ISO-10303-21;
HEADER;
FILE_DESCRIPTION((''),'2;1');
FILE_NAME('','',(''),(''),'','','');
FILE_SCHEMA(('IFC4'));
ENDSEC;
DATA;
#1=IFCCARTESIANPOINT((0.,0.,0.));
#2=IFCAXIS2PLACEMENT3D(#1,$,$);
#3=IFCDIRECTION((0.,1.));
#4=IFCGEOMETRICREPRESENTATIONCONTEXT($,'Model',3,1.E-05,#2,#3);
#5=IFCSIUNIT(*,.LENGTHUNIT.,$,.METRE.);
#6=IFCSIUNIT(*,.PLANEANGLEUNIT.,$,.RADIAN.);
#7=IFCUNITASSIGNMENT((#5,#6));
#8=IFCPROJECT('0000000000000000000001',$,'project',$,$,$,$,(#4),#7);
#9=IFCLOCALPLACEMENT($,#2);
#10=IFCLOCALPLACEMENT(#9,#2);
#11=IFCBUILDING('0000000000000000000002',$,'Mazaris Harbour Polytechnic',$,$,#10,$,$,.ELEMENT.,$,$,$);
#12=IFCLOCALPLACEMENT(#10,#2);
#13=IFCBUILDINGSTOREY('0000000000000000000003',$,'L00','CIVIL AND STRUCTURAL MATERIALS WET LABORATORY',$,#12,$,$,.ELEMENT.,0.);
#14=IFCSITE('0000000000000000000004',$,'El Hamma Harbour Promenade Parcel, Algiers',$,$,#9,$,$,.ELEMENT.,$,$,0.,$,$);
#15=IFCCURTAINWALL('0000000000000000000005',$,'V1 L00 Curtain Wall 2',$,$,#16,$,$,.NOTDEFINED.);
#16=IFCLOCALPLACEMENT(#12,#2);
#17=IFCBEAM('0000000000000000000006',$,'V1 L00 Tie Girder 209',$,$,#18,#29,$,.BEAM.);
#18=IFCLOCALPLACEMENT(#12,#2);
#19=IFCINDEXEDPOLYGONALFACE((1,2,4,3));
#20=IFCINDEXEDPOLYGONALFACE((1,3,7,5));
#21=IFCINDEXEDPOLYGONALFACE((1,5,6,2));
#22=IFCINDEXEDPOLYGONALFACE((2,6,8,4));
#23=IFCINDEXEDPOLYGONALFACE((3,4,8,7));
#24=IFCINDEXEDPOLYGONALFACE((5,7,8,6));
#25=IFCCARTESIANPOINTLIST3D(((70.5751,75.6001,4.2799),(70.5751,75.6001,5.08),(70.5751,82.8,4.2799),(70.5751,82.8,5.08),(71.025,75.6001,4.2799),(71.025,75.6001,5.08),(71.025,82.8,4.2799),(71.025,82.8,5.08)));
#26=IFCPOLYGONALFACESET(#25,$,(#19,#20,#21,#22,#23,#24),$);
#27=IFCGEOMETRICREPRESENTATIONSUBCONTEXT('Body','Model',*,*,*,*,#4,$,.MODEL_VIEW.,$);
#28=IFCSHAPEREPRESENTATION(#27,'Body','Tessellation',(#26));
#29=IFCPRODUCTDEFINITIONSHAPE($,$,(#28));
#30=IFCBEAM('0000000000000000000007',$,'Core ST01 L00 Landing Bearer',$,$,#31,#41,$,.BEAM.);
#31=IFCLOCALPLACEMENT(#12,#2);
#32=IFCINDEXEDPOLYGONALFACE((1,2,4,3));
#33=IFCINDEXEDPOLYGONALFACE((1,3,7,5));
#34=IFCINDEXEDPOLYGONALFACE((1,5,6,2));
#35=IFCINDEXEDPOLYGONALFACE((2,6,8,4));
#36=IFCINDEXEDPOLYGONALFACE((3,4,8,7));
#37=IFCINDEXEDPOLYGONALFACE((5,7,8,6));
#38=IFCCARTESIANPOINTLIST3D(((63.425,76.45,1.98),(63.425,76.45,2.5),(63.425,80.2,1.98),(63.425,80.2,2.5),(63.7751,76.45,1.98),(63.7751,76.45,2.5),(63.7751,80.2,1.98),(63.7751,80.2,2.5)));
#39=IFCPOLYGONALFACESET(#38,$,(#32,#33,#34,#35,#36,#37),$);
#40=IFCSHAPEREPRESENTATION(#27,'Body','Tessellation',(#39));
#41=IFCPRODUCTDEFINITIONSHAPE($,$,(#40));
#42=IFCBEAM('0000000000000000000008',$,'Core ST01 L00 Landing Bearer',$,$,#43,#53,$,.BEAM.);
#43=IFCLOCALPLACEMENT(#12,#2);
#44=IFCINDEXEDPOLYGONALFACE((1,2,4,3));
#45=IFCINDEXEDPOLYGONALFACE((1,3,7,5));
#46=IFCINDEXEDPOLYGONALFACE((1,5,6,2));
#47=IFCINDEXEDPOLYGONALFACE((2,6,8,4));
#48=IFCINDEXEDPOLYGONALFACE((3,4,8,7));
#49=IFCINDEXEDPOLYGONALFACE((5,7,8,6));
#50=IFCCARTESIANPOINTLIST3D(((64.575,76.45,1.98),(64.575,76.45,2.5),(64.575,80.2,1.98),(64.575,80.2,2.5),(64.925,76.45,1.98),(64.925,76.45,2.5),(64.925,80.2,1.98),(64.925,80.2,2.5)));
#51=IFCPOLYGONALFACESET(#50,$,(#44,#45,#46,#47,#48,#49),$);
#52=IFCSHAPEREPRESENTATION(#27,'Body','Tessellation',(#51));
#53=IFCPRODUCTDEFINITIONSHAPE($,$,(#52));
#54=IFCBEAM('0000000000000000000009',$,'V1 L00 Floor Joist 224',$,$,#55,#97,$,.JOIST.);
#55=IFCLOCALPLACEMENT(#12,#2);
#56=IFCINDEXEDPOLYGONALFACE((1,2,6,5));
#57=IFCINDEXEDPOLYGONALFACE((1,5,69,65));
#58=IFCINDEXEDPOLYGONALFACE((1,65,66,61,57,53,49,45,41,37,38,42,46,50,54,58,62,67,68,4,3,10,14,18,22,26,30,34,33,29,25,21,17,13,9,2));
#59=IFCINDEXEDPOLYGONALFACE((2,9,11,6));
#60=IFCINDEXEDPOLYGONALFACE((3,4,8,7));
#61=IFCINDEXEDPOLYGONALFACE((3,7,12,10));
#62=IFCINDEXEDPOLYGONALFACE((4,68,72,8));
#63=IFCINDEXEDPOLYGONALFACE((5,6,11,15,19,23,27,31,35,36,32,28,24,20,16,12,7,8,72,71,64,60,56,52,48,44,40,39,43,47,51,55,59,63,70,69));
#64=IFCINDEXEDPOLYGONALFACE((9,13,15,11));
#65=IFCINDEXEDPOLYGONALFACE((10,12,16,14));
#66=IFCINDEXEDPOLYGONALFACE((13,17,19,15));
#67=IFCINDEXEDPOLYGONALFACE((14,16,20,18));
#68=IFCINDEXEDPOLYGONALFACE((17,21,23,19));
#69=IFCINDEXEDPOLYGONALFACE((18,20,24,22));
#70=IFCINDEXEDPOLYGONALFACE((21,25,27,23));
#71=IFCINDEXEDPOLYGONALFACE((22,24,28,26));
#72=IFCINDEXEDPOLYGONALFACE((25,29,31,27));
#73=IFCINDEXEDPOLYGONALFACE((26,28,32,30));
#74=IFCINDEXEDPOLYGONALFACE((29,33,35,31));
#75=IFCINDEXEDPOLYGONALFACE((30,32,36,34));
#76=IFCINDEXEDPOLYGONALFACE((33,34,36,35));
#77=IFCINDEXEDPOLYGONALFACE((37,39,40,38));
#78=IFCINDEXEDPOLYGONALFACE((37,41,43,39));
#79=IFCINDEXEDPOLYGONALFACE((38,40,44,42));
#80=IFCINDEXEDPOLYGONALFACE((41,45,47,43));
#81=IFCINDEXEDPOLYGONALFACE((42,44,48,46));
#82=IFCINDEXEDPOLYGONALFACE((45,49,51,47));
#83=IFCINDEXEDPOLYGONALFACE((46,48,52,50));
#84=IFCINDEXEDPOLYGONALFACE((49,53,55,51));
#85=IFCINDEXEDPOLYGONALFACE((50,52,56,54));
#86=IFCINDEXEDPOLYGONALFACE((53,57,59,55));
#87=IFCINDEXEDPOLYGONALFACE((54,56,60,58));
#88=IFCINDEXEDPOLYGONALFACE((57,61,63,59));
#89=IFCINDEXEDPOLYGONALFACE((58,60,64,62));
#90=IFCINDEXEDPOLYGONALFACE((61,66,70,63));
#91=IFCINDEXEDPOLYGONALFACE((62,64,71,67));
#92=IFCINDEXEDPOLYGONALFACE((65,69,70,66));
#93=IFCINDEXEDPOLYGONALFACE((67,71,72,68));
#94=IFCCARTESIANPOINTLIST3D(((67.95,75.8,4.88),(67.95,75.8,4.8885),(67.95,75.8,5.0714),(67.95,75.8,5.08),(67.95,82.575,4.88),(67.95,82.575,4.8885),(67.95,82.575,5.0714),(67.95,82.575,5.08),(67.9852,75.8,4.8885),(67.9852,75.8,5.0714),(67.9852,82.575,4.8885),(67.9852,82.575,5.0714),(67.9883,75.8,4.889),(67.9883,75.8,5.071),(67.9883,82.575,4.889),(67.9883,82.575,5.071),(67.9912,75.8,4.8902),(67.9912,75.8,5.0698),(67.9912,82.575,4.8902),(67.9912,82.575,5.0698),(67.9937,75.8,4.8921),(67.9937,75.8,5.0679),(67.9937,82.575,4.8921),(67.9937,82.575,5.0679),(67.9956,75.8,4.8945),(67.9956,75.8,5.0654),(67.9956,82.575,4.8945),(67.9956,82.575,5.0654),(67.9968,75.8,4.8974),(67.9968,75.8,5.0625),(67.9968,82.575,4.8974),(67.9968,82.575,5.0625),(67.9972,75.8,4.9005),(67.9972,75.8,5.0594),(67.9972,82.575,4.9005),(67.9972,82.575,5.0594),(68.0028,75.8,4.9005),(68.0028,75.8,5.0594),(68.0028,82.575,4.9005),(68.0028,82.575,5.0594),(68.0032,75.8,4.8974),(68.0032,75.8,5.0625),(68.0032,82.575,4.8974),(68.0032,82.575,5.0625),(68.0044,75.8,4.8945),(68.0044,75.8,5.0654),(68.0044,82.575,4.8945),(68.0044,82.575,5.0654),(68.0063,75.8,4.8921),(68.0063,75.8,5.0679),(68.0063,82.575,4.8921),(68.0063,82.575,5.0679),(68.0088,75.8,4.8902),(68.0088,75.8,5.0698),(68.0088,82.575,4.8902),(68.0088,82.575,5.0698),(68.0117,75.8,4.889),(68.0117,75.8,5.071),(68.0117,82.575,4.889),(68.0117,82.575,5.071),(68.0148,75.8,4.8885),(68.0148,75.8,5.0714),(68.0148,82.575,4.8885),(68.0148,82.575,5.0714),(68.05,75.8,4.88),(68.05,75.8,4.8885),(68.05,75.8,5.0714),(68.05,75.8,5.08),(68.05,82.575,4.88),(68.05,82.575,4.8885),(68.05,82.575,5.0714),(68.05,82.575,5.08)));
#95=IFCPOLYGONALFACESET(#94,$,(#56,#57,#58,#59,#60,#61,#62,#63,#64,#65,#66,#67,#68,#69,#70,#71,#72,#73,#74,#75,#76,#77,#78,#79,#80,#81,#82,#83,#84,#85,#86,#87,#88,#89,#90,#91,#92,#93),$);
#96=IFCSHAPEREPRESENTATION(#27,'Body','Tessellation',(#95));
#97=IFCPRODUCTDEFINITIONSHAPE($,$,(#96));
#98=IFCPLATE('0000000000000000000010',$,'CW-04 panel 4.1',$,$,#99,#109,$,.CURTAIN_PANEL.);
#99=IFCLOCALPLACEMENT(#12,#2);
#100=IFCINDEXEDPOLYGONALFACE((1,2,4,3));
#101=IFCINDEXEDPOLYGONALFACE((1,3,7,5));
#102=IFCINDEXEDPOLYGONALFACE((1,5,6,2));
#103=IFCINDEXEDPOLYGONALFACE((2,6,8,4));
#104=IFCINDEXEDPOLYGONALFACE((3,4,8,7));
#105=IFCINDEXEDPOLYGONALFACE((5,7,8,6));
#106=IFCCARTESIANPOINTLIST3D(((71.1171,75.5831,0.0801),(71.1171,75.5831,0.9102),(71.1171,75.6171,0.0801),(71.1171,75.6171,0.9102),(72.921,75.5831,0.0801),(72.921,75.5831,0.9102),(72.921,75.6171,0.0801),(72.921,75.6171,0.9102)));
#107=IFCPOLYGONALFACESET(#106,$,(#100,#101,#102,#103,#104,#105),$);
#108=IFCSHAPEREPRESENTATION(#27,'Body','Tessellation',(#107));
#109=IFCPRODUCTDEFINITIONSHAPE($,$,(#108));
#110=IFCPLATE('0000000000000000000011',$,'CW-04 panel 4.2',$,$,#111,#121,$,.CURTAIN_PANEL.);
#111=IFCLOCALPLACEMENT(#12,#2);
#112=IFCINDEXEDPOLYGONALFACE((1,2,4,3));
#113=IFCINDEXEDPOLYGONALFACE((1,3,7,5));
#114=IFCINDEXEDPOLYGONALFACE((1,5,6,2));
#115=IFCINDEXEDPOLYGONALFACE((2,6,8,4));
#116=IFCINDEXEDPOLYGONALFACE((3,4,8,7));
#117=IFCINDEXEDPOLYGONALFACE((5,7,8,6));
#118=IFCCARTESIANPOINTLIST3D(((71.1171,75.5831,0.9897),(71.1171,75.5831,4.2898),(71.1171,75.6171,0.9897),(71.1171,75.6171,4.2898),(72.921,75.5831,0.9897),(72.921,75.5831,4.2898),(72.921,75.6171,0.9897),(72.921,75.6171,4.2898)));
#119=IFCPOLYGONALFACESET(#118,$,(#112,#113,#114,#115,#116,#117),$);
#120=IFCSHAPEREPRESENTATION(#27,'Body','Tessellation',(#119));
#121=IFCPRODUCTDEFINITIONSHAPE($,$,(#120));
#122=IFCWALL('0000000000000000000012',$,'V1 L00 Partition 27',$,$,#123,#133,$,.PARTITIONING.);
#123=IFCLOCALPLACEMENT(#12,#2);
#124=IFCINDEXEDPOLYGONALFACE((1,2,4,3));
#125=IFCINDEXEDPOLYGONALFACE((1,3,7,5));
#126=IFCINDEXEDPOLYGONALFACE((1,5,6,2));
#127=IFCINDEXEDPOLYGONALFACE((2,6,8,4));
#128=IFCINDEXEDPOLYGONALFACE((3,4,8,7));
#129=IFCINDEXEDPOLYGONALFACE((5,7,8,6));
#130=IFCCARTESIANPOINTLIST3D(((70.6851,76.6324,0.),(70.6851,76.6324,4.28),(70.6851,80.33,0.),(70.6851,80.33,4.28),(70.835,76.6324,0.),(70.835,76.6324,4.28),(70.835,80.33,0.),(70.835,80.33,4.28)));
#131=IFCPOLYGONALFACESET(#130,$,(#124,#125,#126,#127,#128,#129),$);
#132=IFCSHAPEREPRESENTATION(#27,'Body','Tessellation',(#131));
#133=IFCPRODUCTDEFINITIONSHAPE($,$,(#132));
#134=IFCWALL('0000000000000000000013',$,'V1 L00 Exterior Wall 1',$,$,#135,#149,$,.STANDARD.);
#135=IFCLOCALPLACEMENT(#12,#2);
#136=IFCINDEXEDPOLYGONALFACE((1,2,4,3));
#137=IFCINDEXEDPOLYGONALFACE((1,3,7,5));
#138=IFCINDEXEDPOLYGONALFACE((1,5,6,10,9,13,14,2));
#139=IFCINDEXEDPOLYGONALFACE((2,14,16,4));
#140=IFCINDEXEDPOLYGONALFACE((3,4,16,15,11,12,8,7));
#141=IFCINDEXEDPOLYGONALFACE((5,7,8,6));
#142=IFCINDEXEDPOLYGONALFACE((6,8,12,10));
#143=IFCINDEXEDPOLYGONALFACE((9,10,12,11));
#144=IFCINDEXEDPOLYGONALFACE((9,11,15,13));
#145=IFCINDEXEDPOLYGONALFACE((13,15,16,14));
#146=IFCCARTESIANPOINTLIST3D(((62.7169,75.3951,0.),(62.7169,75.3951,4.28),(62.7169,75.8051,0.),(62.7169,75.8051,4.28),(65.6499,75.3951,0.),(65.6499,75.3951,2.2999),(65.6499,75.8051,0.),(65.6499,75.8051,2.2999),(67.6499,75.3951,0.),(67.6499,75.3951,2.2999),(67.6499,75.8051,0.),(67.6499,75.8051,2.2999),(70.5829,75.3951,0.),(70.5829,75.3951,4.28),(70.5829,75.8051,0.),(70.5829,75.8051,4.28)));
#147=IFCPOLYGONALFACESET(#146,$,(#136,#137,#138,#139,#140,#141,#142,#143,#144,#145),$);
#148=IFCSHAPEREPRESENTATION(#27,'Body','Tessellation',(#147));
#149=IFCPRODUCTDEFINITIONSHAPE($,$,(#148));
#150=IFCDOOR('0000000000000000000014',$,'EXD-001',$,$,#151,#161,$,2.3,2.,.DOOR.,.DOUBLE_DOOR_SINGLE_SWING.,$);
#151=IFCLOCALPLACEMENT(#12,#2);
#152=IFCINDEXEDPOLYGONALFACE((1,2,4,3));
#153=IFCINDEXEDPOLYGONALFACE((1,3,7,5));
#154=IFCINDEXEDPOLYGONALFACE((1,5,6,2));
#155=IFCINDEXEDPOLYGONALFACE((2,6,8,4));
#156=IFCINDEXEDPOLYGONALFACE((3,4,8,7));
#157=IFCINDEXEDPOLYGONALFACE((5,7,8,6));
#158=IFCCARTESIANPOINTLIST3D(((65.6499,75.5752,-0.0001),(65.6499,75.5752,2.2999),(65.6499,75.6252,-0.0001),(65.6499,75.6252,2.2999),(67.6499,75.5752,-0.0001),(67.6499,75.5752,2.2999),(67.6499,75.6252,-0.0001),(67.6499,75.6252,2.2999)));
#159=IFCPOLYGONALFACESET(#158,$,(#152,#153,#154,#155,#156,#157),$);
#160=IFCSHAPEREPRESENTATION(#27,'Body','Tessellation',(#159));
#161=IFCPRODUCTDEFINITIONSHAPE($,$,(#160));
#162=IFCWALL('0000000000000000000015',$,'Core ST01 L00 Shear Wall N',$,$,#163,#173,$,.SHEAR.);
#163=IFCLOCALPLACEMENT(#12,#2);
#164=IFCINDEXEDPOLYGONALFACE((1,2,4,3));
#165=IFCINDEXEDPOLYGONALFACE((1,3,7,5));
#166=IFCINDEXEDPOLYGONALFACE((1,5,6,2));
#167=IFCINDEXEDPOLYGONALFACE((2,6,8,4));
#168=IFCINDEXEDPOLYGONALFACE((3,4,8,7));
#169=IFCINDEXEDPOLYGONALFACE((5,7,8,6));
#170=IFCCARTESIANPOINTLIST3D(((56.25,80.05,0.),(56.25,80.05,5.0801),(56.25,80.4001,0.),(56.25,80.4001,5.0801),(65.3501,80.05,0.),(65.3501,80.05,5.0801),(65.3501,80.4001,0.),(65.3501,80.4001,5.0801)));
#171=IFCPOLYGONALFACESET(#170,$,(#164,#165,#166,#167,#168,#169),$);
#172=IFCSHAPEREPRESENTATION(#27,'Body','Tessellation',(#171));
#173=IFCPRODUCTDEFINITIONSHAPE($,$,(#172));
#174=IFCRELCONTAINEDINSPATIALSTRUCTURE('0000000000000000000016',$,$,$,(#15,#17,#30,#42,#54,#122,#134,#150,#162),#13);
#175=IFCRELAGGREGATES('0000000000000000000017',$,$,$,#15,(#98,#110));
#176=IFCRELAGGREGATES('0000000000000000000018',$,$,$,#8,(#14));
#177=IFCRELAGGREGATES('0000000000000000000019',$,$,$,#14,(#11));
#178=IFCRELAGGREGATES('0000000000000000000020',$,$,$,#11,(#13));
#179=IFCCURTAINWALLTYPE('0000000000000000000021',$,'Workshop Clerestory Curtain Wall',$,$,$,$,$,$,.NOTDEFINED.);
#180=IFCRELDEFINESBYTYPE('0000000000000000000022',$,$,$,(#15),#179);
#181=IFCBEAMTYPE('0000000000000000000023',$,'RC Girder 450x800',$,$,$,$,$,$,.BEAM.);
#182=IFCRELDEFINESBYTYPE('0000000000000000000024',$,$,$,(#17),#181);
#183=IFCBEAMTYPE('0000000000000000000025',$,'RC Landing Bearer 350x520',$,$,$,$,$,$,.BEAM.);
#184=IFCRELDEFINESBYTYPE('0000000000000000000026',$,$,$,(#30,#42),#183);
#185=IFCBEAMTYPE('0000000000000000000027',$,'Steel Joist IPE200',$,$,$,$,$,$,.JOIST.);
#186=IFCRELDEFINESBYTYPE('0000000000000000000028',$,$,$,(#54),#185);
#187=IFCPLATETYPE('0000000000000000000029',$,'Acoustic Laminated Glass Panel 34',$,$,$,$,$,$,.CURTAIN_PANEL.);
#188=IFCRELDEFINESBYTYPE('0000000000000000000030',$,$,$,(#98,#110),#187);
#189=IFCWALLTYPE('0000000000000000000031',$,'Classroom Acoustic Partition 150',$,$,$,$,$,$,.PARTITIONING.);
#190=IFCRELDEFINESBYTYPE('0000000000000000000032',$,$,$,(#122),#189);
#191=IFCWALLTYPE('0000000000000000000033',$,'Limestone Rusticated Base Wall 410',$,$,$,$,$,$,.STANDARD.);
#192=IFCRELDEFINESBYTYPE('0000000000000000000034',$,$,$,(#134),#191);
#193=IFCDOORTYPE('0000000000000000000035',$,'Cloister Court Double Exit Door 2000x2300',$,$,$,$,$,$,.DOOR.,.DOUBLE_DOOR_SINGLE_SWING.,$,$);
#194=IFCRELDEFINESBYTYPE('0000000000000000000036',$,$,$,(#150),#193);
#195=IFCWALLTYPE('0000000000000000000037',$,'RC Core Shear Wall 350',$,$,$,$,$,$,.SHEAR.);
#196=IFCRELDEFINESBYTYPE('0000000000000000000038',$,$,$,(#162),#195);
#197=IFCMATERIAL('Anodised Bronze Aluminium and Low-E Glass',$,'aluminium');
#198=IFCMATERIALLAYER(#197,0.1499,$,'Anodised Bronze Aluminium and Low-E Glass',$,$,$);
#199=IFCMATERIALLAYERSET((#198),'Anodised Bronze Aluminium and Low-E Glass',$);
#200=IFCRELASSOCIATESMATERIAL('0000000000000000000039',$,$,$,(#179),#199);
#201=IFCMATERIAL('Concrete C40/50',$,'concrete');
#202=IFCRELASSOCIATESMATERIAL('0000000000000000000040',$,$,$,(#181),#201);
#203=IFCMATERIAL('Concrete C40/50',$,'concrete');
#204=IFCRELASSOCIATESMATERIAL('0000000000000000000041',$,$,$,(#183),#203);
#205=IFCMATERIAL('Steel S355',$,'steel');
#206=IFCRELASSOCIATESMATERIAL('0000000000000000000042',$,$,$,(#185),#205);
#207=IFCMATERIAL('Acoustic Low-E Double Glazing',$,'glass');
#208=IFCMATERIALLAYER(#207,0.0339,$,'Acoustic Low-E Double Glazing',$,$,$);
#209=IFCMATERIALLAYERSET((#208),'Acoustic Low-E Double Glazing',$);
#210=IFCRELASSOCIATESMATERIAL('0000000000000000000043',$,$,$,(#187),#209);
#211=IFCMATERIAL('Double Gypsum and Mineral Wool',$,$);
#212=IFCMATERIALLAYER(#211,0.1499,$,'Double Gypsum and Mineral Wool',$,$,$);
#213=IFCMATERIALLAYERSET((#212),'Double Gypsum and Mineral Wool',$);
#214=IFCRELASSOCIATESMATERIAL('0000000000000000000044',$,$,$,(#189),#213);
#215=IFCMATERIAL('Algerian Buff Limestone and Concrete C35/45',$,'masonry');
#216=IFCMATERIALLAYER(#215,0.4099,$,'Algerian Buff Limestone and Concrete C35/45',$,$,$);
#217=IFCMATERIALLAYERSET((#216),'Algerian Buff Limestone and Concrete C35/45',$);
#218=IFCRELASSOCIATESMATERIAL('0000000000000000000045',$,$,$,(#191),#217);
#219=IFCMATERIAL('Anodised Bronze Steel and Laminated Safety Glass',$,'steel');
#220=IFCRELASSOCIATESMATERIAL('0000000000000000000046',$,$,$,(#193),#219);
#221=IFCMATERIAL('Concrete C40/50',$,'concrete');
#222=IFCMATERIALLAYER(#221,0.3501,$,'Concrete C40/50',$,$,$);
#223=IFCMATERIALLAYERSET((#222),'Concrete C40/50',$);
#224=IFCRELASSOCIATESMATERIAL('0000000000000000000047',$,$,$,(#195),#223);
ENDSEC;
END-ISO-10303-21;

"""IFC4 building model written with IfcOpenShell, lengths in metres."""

from ifc_helpers import new_model, si_unit, direction, frame, frame_2d, origin, origin_2d, place, context, subcontext, project, spatial, rectangle, i_section, extrude, material, layer, layer_set, material_profile, profile_set, type_object, element, fill, aggregate, save


model = new_model("IFC4")

# Units and contexts
model_context = context("Model", 3, precision=1e-05, world=origin(), true_north=direction((0.0, 1.0)))
body_context = subcontext(model_context, "Body", "Model", "MODEL_VIEW")
ifc_project = project(units=[si_unit("LENGTHUNIT", "METRE"), si_unit("PLANEANGLEUNIT", "RADIAN")], contexts=[model_context])

# Site, building, storey
site_placement = place(None, origin())
site = spatial("IfcSite", under=ifc_project, at=site_placement, Name="El Hamma Harbour Promenade Parcel, Algiers", CompositionType="ELEMENT", RefElevation=0.0)
building_placement = place(site_placement, origin())
building = spatial("IfcBuilding", under=site, at=building_placement, Name="Mazaris Harbour Polytechnic", CompositionType="ELEMENT")
storey_placement = place(building_placement, origin())
storey = spatial("IfcBuildingStorey", under=building, at=storey_placement, Name="L00", Description="CIVIL AND STRUCTURAL MATERIALS WET LABORATORY", CompositionType="ELEMENT", Elevation=0.0)

# Curtain wall
ifc_material_1 = material(Name="Anodised Bronze Aluminium and Low-E Glass", Category="aluminium")
ifc_layer_1 = layer(ifc_material_1, 0.1499, Name="Anodised Bronze Aluminium and Low-E Glass")
ifc_layer_set_1 = layer_set([ifc_layer_1], Name="Anodised Bronze Aluminium and Low-E Glass")
curtain_wall_type = type_object("IfcCurtainWallType", Name="Workshop Clerestory Curtain Wall", PredefinedType="NOTDEFINED", material=ifc_layer_set_1)
curtain_wall_1_placement = place(storey_placement, origin())
curtain_wall_1 = element("IfcCurtainWall", 1, at=curtain_wall_1_placement, inside=storey, type_object=curtain_wall_type, Name="V1 L00 Curtain Wall 2", PredefinedType="NOTDEFINED")

# Beams
ifc_material_2 = material(Name="Concrete C40/50", Category="concrete")
ifc_material_profile_1 = material_profile(ifc_material_2, rectangle(XDim=0.45, YDim=0.8, at=origin_2d()), Name="RECT450x800")
ifc_profile_set_1 = profile_set([ifc_material_profile_1], Name="Concrete C40/50")
beam_type_1 = type_object("IfcBeamType", Name="RC Girder 450x800", PredefinedType="BEAM", material=ifc_profile_set_1)
beam_1_placement = place(storey_placement, frame((70.8, 75.6001, 4.6799), z_axis=(0.0, 1.0, 0.0), x_axis=(-1.0, 0.0, 0.0)))
element("IfcBeam", 2, at=beam_1_placement, inside=storey, type_object=beam_type_1, Name="V1 L00 Tie Girder 209", PredefinedType="BEAM", context=body_context, shape_type="SweptSolid", body=[
    extrude(rectangle(XDim=0.45, YDim=0.8, at=origin_2d()), origin(), (0.0, 0.0, 1.0), 7.2),
])
ifc_material_3 = material(Name="Concrete C40/50", Category="concrete")
ifc_material_profile_2 = material_profile(ifc_material_3, rectangle(XDim=0.3501, YDim=0.52, at=origin_2d()), Name="RECT350x520")
ifc_profile_set_2 = profile_set([ifc_material_profile_2], Name="Concrete C40/50")
beam_type_2 = type_object("IfcBeamType", Name="RC Landing Bearer 350x520", PredefinedType="BEAM", material=ifc_profile_set_2)
for number, where, z_axis, x_axis, name in (
    (3, (63.6001, 76.45, 2.24), (0.0, 1.0, 0.0), (-1.0, 0.0, 0.0), "Core ST01 L00 Landing Bearer"),
    (4, (64.75, 76.45, 2.24), (0.0, 1.0, 0.0), (-1.0, 0.0, 0.0), "Core ST01 L00 Landing Bearer"),
):
    element("IfcBeam", number, at=place(storey_placement, frame(where, z_axis=z_axis, x_axis=x_axis)), inside=storey, type_object=beam_type_2, Name=name, PredefinedType="BEAM", context=body_context, shape_type="SweptSolid", body=[
        extrude(rectangle(XDim=0.3501, YDim=0.52, at=origin_2d()), origin(), (0.0, 0.0, 1.0), 3.75),
    ])
ifc_material_4 = material(Name="Steel S355", Category="steel")
ifc_material_profile_3 = material_profile(ifc_material_4, i_section(OverallWidth=0.1001, OverallDepth=0.2, WebThickness=0.0056, FlangeThickness=0.0085, FilletRadius=0.012, at=origin_2d()), Name="IPE 200")
ifc_profile_set_3 = profile_set([ifc_material_profile_3], Name="Steel S355")
beam_type_3 = type_object("IfcBeamType", Name="Steel Joist IPE200", PredefinedType="JOIST", material=ifc_profile_set_3)
beam_2_placement = place(storey_placement, frame((68.0, 75.8, 4.98), z_axis=(0.0, 1.0, 0.0), x_axis=(-1.0, 0.0, 0.0)))
element("IfcBeam", 5, at=beam_2_placement, inside=storey, type_object=beam_type_3, Name="V1 L00 Floor Joist 224", PredefinedType="JOIST", context=body_context, shape_type="SweptSolid", body=[
    extrude(i_section(OverallWidth=0.1001, OverallDepth=0.2, WebThickness=0.0056, FlangeThickness=0.0085, FilletRadius=0.012, at=origin_2d()), origin(), (0.0, 0.0, 1.0), 6.7749),
])

# Plates
ifc_material_5 = material(Name="Acoustic Low-E Double Glazing", Category="glass")
ifc_layer_2 = layer(ifc_material_5, 0.0339, Name="Acoustic Low-E Double Glazing")
ifc_layer_set_2 = layer_set([ifc_layer_2], Name="Acoustic Low-E Double Glazing")
plate_type = type_object("IfcPlateType", Name="Acoustic Laminated Glass Panel 34", PredefinedType="CURTAIN_PANEL", material=ifc_layer_set_2)
plate_1_placement = place(storey_placement, frame((72.019, 75.6001, 0.0801), z_axis=(0.0, 0.0, 1.0), x_axis=(-1.0, 0.0, 0.0)))
plate_1 = element("IfcPlate", 6, at=plate_1_placement, type_object=plate_type, Name="CW-04 panel 4.1", PredefinedType="CURTAIN_PANEL", context=body_context, shape_type="SweptSolid", body=[
    extrude(rectangle(XDim=1.804, YDim=0.0339, at=origin_2d()), origin(), (0.0, 0.0, 1.0), 0.8301),
])
plate_2_placement = place(storey_placement, frame((72.019, 75.6001, 0.9897), z_axis=(0.0, 0.0, 1.0), x_axis=(-1.0, 0.0, 0.0)))
plate_2 = element("IfcPlate", 7, at=plate_2_placement, type_object=plate_type, Name="CW-04 panel 4.2", PredefinedType="CURTAIN_PANEL", context=body_context, shape_type="SweptSolid", body=[
    extrude(rectangle(XDim=1.804, YDim=0.0339, at=origin_2d()), origin(), (0.0, 0.0, 1.0), 3.3),
])
aggregate(curtain_wall_1, [plate_1, plate_2])

# Wall
ifc_material_6 = material(Name="Double Gypsum and Mineral Wool")
ifc_layer_3 = layer(ifc_material_6, 0.1499, Name="Double Gypsum and Mineral Wool")
ifc_layer_set_3 = layer_set([ifc_layer_3], Name="Double Gypsum and Mineral Wool")
wall_type_1 = type_object("IfcWallType", Name="Classroom Acoustic Partition 150", PredefinedType="PARTITIONING", material=ifc_layer_set_3)
wall_1_placement = place(storey_placement, frame((70.76, 76.6326, 0.0), z_axis=(0.0, 0.0, 1.0), x_axis=(0.0, 1.0, 0.0)))
element("IfcWall", 8, at=wall_1_placement, inside=storey, type_object=wall_type_1, Name="V1 L00 Partition 27", PredefinedType="PARTITIONING", context=body_context, shape_type="SweptSolid", body=[
    extrude(rectangle(XDim=3.6975, YDim=0.1499, at=frame_2d((1.8486, 0.0))), origin(), (0.0, 0.0, 1.0), 4.28),
])

# Wall, opening, door
ifc_material_7 = material(Name="Algerian Buff Limestone and Concrete C35/45", Category="masonry")
ifc_layer_4 = layer(ifc_material_7, 0.4099, Name="Algerian Buff Limestone and Concrete C35/45")
ifc_layer_set_4 = layer_set([ifc_layer_4], Name="Algerian Buff Limestone and Concrete C35/45")
wall_type_2 = type_object("IfcWallType", Name="Limestone Rusticated Base Wall 410", PredefinedType="STANDARD", material=ifc_layer_set_4)
wall_2_placement = place(storey_placement, frame((70.583, 75.6001, 0.0), z_axis=(0.0, 0.0, 1.0), x_axis=(-1.0, 0.0, 0.0)))
wall_2 = element("IfcWall", 9, at=wall_2_placement, inside=storey, type_object=wall_type_2, Name="V1 L00 Exterior Wall 1", PredefinedType="STANDARD", context=body_context, shape_type="SweptSolid", body=[
    extrude(rectangle(XDim=7.866, YDim=0.4099, at=frame_2d((3.9331, 0.0))), origin(), (0.0, 0.0, 1.0), 4.28),
])
opening_1_placement = place(wall_2_placement, frame((2.9331, 0.0, 0.0)))
opening_1 = element("IfcOpeningElement", 10, at=opening_1_placement, cuts=wall_2, PredefinedType="OPENING", context=body_context, shape_type="SweptSolid", body=[
    extrude(rectangle(XDim=2.0, YDim=2.3, at=frame_2d((1.0, 1.1499))), frame((0.0, 0.2148, 0.0), z_axis=(0.0, -1.0, 0.0), x_axis=(1.0, 0.0, 0.0)), (0.0, 0.0, 1.0), 0.4299),
])
ifc_material_8 = material(Name="Anodised Bronze Steel and Laminated Safety Glass", Category="steel")
door_type_1 = type_object("IfcDoorType", Name="Cloister Court Double Exit Door 2000x2300", OperationType="DOUBLE_DOOR_SINGLE_SWING", PredefinedType="DOOR", material=ifc_material_8)
door_1_placement = place(opening_1_placement, origin())
door_1 = element("IfcDoor", 11, at=door_1_placement, inside=storey, type_object=door_type_1, Name="EXD-001", OperationType="DOUBLE_DOOR_SINGLE_SWING", OverallHeight=2.3, OverallWidth=2.0, PredefinedType="DOOR", context=body_context, shape_type="SweptSolid", body=[
    extrude(rectangle(XDim=2.0, YDim=2.3, at=frame_2d((1.0, 1.1499))), frame((0.0, 0.0249, 0.0), z_axis=(0.0, -1.0, 0.0), x_axis=(1.0, 0.0, 0.0)), (0.0, 0.0, 1.0), 0.05),
])
fill(opening_1, door_1)

# Wall
ifc_material_9 = material(Name="Concrete C40/50", Category="concrete")
ifc_layer_5 = layer(ifc_material_9, 0.3501, Name="Concrete C40/50")
ifc_layer_set_5 = layer_set([ifc_layer_5], Name="Concrete C40/50")
wall_type_3 = type_object("IfcWallType", Name="RC Core Shear Wall 350", PredefinedType="SHEAR", material=ifc_layer_set_5)
wall_3_placement = place(storey_placement, frame((65.3501, 80.2251, 0.0), z_axis=(0.0, 0.0, 1.0), x_axis=(-1.0, 0.0, 0.0)))
element("IfcWall", 12, at=wall_3_placement, inside=storey, type_object=wall_type_3, Name="Core ST01 L00 Shear Wall N", PredefinedType="SHEAR", context=body_context, shape_type="SweptSolid", body=[
    extrude(rectangle(XDim=9.1001, YDim=0.3501, at=frame_2d((4.55, 0.0))), origin(), (0.0, 0.0, 1.0), 5.0801),
])

save(model, "model.ifc")
